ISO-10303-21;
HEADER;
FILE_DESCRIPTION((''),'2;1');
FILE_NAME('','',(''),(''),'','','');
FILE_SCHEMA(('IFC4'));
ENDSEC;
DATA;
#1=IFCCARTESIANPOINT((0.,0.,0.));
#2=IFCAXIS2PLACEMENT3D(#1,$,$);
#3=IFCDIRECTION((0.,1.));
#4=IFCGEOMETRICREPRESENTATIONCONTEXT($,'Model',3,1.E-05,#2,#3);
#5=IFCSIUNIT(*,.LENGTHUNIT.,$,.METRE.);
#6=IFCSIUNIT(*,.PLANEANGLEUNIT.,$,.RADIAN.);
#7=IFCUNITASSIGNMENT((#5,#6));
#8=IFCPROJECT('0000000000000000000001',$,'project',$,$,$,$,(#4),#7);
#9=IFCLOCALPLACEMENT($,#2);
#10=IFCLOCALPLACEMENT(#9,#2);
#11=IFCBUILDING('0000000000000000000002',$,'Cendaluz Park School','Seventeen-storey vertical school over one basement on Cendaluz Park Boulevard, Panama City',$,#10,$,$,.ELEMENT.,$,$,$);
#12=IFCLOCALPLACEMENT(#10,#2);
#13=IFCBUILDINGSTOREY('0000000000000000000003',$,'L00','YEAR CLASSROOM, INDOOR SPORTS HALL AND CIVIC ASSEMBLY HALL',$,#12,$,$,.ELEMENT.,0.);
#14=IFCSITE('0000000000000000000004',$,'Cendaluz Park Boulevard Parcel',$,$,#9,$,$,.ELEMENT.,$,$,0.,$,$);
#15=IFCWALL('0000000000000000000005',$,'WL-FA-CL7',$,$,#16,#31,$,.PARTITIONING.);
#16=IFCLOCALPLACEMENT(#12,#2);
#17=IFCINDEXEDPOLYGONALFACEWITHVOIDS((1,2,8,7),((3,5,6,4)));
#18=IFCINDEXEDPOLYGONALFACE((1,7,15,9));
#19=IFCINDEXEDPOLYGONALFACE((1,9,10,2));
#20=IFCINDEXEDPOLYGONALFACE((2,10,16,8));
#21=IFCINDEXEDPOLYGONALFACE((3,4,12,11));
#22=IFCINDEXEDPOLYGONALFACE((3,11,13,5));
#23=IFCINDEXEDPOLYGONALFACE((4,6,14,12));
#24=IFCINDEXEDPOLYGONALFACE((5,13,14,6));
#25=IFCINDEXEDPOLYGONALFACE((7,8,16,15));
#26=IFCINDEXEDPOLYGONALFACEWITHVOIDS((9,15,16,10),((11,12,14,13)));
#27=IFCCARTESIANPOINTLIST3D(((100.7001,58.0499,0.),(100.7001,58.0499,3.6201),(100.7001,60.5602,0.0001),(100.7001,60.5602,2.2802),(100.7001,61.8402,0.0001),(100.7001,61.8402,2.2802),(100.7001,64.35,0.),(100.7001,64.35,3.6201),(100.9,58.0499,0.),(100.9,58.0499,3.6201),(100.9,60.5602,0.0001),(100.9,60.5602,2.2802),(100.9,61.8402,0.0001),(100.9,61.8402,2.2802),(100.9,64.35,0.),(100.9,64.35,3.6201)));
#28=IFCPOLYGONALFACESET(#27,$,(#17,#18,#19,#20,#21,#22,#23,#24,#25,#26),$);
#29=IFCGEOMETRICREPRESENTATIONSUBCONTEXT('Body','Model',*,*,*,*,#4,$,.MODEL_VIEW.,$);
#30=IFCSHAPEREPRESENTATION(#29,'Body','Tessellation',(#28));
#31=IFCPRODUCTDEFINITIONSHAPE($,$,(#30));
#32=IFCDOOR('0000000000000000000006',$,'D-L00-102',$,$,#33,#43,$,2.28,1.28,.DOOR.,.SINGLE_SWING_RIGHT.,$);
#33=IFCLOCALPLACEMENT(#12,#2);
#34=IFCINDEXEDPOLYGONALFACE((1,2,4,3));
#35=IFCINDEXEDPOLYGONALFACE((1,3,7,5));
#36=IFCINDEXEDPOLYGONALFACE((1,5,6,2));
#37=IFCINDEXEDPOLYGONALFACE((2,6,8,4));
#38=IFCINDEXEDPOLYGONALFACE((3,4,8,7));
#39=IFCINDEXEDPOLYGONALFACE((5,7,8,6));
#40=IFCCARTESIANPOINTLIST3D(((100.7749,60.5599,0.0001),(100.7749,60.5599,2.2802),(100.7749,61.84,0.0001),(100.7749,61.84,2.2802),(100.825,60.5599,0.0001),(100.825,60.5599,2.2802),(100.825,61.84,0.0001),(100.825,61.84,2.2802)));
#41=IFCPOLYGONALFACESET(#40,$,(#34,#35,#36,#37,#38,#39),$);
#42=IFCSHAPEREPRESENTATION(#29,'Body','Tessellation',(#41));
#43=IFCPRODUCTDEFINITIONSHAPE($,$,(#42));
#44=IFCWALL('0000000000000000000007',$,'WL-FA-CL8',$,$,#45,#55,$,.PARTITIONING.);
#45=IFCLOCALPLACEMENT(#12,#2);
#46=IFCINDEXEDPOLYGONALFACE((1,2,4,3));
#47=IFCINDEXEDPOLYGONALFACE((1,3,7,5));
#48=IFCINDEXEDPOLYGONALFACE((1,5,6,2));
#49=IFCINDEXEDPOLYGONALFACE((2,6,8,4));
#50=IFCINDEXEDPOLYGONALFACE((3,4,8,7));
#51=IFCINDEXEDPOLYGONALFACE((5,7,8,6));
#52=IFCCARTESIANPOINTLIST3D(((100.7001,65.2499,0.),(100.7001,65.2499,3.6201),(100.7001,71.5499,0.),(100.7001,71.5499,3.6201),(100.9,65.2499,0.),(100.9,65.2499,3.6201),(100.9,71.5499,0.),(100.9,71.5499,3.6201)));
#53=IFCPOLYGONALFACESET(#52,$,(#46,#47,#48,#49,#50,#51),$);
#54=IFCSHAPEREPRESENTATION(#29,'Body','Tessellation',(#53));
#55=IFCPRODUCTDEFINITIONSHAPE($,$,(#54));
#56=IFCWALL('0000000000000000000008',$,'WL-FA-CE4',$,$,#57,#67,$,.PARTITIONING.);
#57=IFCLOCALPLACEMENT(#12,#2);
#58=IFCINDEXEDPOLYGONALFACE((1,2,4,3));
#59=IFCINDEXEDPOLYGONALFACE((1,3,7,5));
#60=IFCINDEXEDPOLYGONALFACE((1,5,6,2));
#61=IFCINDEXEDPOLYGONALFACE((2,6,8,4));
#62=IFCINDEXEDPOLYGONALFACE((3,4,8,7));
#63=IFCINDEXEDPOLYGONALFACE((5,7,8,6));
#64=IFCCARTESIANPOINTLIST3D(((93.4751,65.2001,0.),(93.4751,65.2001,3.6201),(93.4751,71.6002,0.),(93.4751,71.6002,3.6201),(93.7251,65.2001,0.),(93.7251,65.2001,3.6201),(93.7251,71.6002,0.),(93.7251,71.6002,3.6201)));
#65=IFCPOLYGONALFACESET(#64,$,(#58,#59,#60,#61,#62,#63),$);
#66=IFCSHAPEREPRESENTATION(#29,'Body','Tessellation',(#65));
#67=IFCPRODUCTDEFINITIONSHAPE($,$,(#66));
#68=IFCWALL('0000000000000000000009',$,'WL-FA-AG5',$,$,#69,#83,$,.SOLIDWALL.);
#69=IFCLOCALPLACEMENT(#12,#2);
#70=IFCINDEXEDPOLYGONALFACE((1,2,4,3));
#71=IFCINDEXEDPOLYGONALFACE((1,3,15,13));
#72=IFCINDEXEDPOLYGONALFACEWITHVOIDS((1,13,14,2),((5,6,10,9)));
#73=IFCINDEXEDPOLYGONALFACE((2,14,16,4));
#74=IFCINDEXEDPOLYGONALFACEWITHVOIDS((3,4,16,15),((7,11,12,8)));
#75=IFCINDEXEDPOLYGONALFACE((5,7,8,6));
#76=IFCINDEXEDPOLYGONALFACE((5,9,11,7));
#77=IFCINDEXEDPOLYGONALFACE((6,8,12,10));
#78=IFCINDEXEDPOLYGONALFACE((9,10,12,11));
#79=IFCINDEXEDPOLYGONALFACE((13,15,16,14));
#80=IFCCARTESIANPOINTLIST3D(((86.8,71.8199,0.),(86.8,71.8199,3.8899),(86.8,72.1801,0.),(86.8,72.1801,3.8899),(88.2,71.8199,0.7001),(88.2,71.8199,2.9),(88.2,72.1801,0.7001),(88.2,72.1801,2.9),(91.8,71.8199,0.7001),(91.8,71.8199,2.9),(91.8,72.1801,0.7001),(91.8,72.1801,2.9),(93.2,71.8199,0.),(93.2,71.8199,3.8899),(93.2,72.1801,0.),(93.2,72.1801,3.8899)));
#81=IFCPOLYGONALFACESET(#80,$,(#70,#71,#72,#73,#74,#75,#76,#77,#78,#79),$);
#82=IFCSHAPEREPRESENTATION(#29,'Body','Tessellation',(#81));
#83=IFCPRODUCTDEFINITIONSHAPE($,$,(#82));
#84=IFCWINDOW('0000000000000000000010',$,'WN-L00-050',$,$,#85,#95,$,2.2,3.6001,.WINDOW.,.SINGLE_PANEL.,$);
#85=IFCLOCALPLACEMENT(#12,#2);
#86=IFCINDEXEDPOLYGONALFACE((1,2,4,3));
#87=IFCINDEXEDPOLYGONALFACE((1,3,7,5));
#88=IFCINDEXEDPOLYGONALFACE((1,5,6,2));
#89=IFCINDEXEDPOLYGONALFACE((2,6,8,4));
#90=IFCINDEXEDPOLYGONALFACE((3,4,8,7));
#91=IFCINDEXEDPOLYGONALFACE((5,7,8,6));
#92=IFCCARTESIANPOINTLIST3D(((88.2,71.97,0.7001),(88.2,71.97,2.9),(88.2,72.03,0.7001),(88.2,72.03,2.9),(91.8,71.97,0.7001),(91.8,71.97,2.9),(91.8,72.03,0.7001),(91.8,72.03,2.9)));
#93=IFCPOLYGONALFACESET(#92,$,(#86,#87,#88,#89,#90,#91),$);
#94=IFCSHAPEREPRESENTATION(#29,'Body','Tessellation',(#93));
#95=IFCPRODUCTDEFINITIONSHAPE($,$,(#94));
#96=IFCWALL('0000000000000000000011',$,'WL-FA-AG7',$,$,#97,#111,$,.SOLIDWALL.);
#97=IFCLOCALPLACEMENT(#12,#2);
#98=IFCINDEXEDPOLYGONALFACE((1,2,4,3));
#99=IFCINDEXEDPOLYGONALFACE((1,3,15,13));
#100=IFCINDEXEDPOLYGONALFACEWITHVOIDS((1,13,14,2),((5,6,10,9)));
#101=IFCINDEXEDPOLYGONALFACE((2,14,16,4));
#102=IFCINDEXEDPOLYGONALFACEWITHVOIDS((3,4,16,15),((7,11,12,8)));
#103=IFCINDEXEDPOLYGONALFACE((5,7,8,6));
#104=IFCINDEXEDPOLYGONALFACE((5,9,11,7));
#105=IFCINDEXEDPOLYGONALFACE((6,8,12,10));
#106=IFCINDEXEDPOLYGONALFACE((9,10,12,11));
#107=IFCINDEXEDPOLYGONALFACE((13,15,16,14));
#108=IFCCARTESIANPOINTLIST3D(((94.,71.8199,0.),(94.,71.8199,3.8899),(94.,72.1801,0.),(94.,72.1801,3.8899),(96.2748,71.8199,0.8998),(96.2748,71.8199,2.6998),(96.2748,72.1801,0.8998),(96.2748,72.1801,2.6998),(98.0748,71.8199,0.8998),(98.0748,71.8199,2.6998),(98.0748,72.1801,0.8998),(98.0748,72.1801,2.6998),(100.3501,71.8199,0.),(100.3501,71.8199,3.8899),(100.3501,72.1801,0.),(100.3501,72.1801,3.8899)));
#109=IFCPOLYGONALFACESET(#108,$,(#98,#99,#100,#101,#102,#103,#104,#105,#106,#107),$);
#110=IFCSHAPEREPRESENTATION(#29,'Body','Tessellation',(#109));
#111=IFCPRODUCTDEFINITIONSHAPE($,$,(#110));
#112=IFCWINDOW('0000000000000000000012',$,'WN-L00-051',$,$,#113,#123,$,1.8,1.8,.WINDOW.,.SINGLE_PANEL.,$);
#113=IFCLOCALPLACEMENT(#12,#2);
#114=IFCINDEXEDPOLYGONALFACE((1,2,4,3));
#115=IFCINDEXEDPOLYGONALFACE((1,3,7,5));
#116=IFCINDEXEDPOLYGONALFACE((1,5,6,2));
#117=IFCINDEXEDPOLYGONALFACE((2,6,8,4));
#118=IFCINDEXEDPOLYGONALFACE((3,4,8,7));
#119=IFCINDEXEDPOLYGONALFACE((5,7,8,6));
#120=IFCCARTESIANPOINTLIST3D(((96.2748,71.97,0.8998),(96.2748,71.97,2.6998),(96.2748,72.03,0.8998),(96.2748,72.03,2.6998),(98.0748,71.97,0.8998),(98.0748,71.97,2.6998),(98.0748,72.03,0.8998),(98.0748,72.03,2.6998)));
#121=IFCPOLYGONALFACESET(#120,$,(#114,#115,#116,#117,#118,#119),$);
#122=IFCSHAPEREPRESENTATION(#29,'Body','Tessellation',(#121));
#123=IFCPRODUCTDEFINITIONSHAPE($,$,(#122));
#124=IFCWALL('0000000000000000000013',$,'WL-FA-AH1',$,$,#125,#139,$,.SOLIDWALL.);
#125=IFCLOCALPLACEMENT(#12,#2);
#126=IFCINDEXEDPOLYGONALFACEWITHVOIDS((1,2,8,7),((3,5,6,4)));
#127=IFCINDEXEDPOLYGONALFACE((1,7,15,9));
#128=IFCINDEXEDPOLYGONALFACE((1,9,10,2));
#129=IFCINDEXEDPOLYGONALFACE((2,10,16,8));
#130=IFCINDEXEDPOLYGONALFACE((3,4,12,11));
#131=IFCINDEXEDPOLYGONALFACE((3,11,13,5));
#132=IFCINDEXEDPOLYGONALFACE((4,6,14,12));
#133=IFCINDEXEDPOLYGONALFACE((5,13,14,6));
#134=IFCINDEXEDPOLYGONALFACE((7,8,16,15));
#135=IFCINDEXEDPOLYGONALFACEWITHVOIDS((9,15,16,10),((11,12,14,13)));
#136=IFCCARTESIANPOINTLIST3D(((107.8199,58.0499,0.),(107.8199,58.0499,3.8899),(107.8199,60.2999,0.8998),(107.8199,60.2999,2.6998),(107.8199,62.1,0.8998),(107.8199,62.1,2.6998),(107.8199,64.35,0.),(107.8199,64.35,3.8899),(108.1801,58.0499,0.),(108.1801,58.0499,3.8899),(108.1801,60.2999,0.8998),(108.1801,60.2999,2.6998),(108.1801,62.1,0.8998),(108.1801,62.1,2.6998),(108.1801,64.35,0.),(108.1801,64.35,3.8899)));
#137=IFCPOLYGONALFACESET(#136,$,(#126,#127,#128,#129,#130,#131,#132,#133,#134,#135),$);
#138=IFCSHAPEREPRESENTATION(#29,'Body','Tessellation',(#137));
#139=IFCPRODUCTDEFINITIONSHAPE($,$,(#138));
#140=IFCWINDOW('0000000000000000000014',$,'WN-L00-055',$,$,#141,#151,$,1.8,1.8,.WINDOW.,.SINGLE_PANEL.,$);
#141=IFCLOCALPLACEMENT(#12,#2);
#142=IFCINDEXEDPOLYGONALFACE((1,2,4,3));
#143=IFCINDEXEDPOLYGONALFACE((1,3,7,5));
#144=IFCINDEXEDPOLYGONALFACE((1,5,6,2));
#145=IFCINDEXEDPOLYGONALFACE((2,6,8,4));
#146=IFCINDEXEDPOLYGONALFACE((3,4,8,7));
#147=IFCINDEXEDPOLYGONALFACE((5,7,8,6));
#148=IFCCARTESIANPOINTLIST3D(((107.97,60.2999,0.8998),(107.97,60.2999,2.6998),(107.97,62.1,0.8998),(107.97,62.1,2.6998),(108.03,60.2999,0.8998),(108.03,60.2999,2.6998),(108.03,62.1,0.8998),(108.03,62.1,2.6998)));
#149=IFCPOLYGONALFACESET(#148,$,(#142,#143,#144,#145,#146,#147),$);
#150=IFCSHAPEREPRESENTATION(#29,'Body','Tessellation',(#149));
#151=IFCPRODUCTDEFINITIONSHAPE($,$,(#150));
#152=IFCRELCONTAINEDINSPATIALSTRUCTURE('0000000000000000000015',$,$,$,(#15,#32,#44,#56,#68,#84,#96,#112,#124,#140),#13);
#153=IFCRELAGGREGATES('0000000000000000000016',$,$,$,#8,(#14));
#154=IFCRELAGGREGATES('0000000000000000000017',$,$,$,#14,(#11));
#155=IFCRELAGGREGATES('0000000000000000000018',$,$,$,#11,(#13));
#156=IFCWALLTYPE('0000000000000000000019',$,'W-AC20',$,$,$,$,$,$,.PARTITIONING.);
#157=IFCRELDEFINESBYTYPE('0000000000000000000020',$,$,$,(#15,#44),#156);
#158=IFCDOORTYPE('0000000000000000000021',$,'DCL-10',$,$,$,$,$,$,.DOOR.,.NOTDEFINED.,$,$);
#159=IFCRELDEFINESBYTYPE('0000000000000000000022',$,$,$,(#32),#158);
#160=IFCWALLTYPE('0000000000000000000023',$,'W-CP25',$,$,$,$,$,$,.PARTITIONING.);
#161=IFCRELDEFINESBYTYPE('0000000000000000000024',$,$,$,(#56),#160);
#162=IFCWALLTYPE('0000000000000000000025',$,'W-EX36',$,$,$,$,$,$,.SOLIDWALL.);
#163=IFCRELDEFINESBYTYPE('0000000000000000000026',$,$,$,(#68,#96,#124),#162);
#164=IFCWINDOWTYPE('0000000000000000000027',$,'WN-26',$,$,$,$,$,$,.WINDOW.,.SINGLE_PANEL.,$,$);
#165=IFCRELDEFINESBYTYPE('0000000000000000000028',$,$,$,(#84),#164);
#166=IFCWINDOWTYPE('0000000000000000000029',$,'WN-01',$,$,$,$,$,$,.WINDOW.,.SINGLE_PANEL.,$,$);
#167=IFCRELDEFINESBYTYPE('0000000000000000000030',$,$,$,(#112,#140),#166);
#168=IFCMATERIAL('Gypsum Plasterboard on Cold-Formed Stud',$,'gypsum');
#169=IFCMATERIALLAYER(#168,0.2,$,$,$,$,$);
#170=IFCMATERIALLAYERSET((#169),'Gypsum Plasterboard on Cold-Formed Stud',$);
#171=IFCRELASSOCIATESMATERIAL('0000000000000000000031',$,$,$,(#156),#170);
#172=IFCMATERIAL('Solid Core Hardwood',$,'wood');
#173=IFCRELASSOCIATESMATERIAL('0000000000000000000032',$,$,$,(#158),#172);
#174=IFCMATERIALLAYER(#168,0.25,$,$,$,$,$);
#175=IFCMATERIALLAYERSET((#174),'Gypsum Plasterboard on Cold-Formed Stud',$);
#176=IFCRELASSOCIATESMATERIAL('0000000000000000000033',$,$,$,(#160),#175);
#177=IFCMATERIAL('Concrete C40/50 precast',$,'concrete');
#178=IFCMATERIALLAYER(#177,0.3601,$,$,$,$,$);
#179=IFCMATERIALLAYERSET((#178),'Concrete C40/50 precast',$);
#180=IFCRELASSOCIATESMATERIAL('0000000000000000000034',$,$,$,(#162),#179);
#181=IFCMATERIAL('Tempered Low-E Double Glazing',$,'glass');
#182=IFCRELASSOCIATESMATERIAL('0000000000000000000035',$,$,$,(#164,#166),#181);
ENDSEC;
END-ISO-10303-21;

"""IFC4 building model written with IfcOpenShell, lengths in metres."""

from ifc_helpers import new_model, si_unit, direction, frame, frame_2d, origin, place, context, subcontext, project, spatial, rectangle, extrude, material, layer, layer_set, type_object, element, fill, save


model = new_model("IFC4")

# Units and contexts
model_context = context("Model", 3, precision=1e-05, world=origin(), true_north=direction((0.0, 1.0)))
body_context = subcontext(model_context, "Body", "Model", "MODEL_VIEW")
ifc_project = project(units=[si_unit("LENGTHUNIT", "METRE"), si_unit("PLANEANGLEUNIT", "RADIAN")], contexts=[model_context])

# Site, building, storey
site_placement = place(None, origin())
site = spatial("IfcSite", under=ifc_project, at=site_placement, Name="Cendaluz Park Boulevard Parcel", CompositionType="ELEMENT", RefElevation=0.0)
building_placement = place(site_placement, origin())
building = spatial("IfcBuilding", under=site, at=building_placement, Name="Cendaluz Park School", Description="Seventeen-storey vertical school over one basement on Cendaluz Park Boulevard, Panama City", CompositionType="ELEMENT")
storey_placement = place(building_placement, origin())
storey = spatial("IfcBuildingStorey", under=building, at=storey_placement, Name="L00", Description="YEAR CLASSROOM, INDOOR SPORTS HALL AND CIVIC ASSEMBLY HALL", CompositionType="ELEMENT", Elevation=0.0)

# Wall, opening, door
ifc_material_1 = material(Name="Gypsum Plasterboard on Cold-Formed Stud", Category="gypsum")
ifc_layer_1 = layer(ifc_material_1, 0.2)
ifc_layer_set_1 = layer_set([ifc_layer_1], Name="Gypsum Plasterboard on Cold-Formed Stud")
wall_type_1 = type_object("IfcWallType", Name="W-AC20", PredefinedType="PARTITIONING", material=ifc_layer_set_1)
wall_1_placement = place(storey_placement, frame((100.8, 58.05, 0.0), z_axis=(0.0, 0.0, 1.0), x_axis=(0.0, 1.0, 0.0)))
wall_1 = element("IfcWall", 1, at=wall_1_placement, inside=storey, type_object=wall_type_1, Name="WL-FA-CL7", PredefinedType="PARTITIONING", context=body_context, shape_type="SweptSolid", body=[
    extrude(rectangle(XDim=6.3, YDim=0.2, at=frame_2d((3.1499, 0.0))), origin(), (0.0, 0.0, 1.0), 3.6201),
])
opening_1_placement = place(wall_1_placement, frame((2.51, 0.0, 0.0)))
opening_1 = element("IfcOpeningElement", 2, at=opening_1_placement, cuts=wall_1, PredefinedType="OPENING", context=body_context, shape_type="SweptSolid", body=[
    extrude(rectangle(XDim=1.28, YDim=2.28, at=frame_2d((0.6401, 1.1401))), frame((0.0, 0.1121, 0.0), z_axis=(0.0, -1.0, 0.0), x_axis=(1.0, 0.0, 0.0)), (0.0, 0.0, 1.0), 0.2239),
])
ifc_material_2 = material(Name="Solid Core Hardwood", Category="wood")
door_type = type_object("IfcDoorType", Name="DCL-10", OperationType="NOTDEFINED", PredefinedType="DOOR", material=ifc_material_2)
door_placement = place(opening_1_placement, frame((1.28, 0.0, 0.0), z_axis=(0.0, 0.0, 1.0), x_axis=(-1.0, 0.0, 0.0)))
door = element("IfcDoor", 3, at=door_placement, inside=storey, type_object=door_type, Name="D-L00-102", OperationType="SINGLE_SWING_RIGHT", OverallHeight=2.28, OverallWidth=1.28, PredefinedType="DOOR", context=body_context, shape_type="SweptSolid", body=[
    extrude(rectangle(XDim=1.28, YDim=2.28, at=frame_2d((0.6401, 1.1401))), frame((0.0, 0.0249, 0.0), z_axis=(0.0, -1.0, 0.0), x_axis=(1.0, 0.0, 0.0)), (0.0, 0.0, 1.0), 0.05),
])
fill(opening_1, door)

# Walls
wall_2_placement = place(storey_placement, frame((100.8, 65.25, 0.0), z_axis=(0.0, 0.0, 1.0), x_axis=(0.0, 1.0, 0.0)))
element("IfcWall", 4, at=wall_2_placement, inside=storey, type_object=wall_type_1, Name="WL-FA-CL8", PredefinedType="PARTITIONING", context=body_context, shape_type="SweptSolid", body=[
    extrude(rectangle(XDim=6.3, YDim=0.2, at=frame_2d((3.1499, 0.0))), origin(), (0.0, 0.0, 1.0), 3.6201),
])
ifc_layer_2 = layer(ifc_material_1, 0.25)
ifc_layer_set_2 = layer_set([ifc_layer_2], Name="Gypsum Plasterboard on Cold-Formed Stud")
wall_type_2 = type_object("IfcWallType", Name="W-CP25", PredefinedType="PARTITIONING", material=ifc_layer_set_2)
wall_3_placement = place(storey_placement, frame((93.6001, 65.2, 0.0), z_axis=(0.0, 0.0, 1.0), x_axis=(0.0, 1.0, 0.0)))
element("IfcWall", 5, at=wall_3_placement, inside=storey, type_object=wall_type_2, Name="WL-FA-CE4", PredefinedType="PARTITIONING", context=body_context, shape_type="SweptSolid", body=[
    extrude(rectangle(XDim=6.4001, YDim=0.25, at=frame_2d((3.2002, 0.0))), origin(), (0.0, 0.0, 1.0), 3.6201),
])

# Walls, openings, windows
ifc_material_3 = material(Name="Concrete C40/50 precast", Category="concrete")
ifc_layer_3 = layer(ifc_material_3, 0.3601)
ifc_layer_set_3 = layer_set([ifc_layer_3], Name="Concrete C40/50 precast")
wall_type_3 = type_object("IfcWallType", Name="W-EX36", PredefinedType="SOLIDWALL", material=ifc_layer_set_3)
wall_4_placement = place(storey_placement, frame((86.8, 72.0, 0.0), z_axis=(0.0, 0.0, 1.0), x_axis=(1.0, 0.0, 0.0)))
wall_4 = element("IfcWall", 6, at=wall_4_placement, inside=storey, type_object=wall_type_3, Name="WL-FA-AG5", PredefinedType="SOLIDWALL", context=body_context, shape_type="SweptSolid", body=[
    extrude(rectangle(XDim=6.3999, YDim=0.3601, at=frame_2d((3.2, 0.0))), origin(), (0.0, 0.0, 1.0), 3.8899),
])
opening_2_placement = place(wall_4_placement, frame((1.3999, 0.0, 0.7)))
opening_2 = element("IfcOpeningElement", 7, at=opening_2_placement, cuts=wall_4, PredefinedType="OPENING", context=body_context, shape_type="SweptSolid", body=[
    extrude(rectangle(XDim=3.6001, YDim=2.2, at=frame_2d((1.8, 1.1001))), frame((0.0, 0.1921, 0.0), z_axis=(0.0, -1.0, 0.0), x_axis=(1.0, 0.0, 0.0)), (0.0, 0.0, 1.0), 0.384),
])
ifc_material_4 = material(Name="Tempered Low-E Double Glazing", Category="glass")
window_type_1 = type_object("IfcWindowType", Name="WN-26", PartitioningType="SINGLE_PANEL", PredefinedType="WINDOW", material=ifc_material_4)
window_1_placement = place(opening_2_placement, origin())
window_1 = element("IfcWindow", 8, at=window_1_placement, inside=storey, type_object=window_type_1, Name="WN-L00-050", OverallHeight=2.2, OverallWidth=3.6001, PartitioningType="SINGLE_PANEL", PredefinedType="WINDOW", context=body_context, shape_type="SweptSolid", body=[
    extrude(rectangle(XDim=3.6001, YDim=2.2, at=frame_2d((1.8, 1.1001))), frame((0.0, 0.03, 0.0), z_axis=(0.0, -1.0, 0.0), x_axis=(1.0, 0.0, 0.0)), (0.0, 0.0, 1.0), 0.0601),
])
fill(opening_2, window_1)
wall_5_placement = place(storey_placement, frame((94.0, 72.0, 0.0), z_axis=(0.0, 0.0, 1.0), x_axis=(1.0, 0.0, 0.0)))
wall_5 = element("IfcWall", 9, at=wall_5_placement, inside=storey, type_object=wall_type_3, Name="WL-FA-AG7", PredefinedType="SOLIDWALL", context=body_context, shape_type="SweptSolid", body=[
    extrude(rectangle(XDim=6.3501, YDim=0.3601, at=frame_2d((3.175, 0.0))), origin(), (0.0, 0.0, 1.0), 3.8899),
])
opening_3_placement = place(wall_5_placement, frame((2.2749, 0.0, 0.8999)))
opening_3 = element("IfcOpeningElement", 10, at=opening_3_placement, cuts=wall_5, PredefinedType="OPENING", context=body_context, shape_type="SweptSolid", body=[
    extrude(rectangle(XDim=1.8, YDim=1.8, at=frame_2d((0.8999, 0.8999))), frame((0.0, 0.1921, 0.0), z_axis=(0.0, -1.0, 0.0), x_axis=(1.0, 0.0, 0.0)), (0.0, 0.0, 1.0), 0.384),
])
window_type_2 = type_object("IfcWindowType", Name="WN-01", PartitioningType="SINGLE_PANEL", PredefinedType="WINDOW", material=ifc_material_4)
window_2_placement = place(opening_3_placement, origin())
window_2 = element("IfcWindow", 11, at=window_2_placement, inside=storey, type_object=window_type_2, Name="WN-L00-051", OverallHeight=1.8, OverallWidth=1.8, PartitioningType="SINGLE_PANEL", PredefinedType="WINDOW", context=body_context, shape_type="SweptSolid", body=[
    extrude(rectangle(XDim=1.8, YDim=1.8, at=frame_2d((0.8999, 0.8999))), frame((0.0, 0.03, 0.0), z_axis=(0.0, -1.0, 0.0), x_axis=(1.0, 0.0, 0.0)), (0.0, 0.0, 1.0), 0.0601),
])
fill(opening_3, window_2)
wall_6_placement = place(storey_placement, frame((108.0, 58.05, 0.0), z_axis=(0.0, 0.0, 1.0), x_axis=(0.0, 1.0, 0.0)))
wall_6 = element("IfcWall", 12, at=wall_6_placement, inside=storey, type_object=wall_type_3, Name="WL-FA-AH1", PredefinedType="SOLIDWALL", context=body_context, shape_type="SweptSolid", body=[
    extrude(rectangle(XDim=6.3, YDim=0.3601, at=frame_2d((3.1499, 0.0))), origin(), (0.0, 0.0, 1.0), 3.8899),
])
opening_4_placement = place(wall_6_placement, frame((2.25, 0.0, 0.8999)))
opening_4 = element("IfcOpeningElement", 13, at=opening_4_placement, cuts=wall_6, PredefinedType="OPENING", context=body_context, shape_type="SweptSolid", body=[
    extrude(rectangle(XDim=1.8, YDim=1.8, at=frame_2d((0.8999, 0.8999))), frame((0.0, 0.1921, 0.0), z_axis=(0.0, -1.0, 0.0), x_axis=(1.0, 0.0, 0.0)), (0.0, 0.0, 1.0), 0.384),
])
window_3_placement = place(opening_4_placement, origin())
window_3 = element("IfcWindow", 14, at=window_3_placement, inside=storey, type_object=window_type_2, Name="WN-L00-055", OverallHeight=1.8, OverallWidth=1.8, PartitioningType="SINGLE_PANEL", PredefinedType="WINDOW", context=body_context, shape_type="SweptSolid", body=[
    extrude(rectangle(XDim=1.8, YDim=1.8, at=frame_2d((0.8999, 0.8999))), frame((0.0, 0.03, 0.0), z_axis=(0.0, -1.0, 0.0), x_axis=(1.0, 0.0, 0.0)), (0.0, 0.0, 1.0), 0.0601),
])
fill(opening_4, window_3)

save(model, "model.ifc")
